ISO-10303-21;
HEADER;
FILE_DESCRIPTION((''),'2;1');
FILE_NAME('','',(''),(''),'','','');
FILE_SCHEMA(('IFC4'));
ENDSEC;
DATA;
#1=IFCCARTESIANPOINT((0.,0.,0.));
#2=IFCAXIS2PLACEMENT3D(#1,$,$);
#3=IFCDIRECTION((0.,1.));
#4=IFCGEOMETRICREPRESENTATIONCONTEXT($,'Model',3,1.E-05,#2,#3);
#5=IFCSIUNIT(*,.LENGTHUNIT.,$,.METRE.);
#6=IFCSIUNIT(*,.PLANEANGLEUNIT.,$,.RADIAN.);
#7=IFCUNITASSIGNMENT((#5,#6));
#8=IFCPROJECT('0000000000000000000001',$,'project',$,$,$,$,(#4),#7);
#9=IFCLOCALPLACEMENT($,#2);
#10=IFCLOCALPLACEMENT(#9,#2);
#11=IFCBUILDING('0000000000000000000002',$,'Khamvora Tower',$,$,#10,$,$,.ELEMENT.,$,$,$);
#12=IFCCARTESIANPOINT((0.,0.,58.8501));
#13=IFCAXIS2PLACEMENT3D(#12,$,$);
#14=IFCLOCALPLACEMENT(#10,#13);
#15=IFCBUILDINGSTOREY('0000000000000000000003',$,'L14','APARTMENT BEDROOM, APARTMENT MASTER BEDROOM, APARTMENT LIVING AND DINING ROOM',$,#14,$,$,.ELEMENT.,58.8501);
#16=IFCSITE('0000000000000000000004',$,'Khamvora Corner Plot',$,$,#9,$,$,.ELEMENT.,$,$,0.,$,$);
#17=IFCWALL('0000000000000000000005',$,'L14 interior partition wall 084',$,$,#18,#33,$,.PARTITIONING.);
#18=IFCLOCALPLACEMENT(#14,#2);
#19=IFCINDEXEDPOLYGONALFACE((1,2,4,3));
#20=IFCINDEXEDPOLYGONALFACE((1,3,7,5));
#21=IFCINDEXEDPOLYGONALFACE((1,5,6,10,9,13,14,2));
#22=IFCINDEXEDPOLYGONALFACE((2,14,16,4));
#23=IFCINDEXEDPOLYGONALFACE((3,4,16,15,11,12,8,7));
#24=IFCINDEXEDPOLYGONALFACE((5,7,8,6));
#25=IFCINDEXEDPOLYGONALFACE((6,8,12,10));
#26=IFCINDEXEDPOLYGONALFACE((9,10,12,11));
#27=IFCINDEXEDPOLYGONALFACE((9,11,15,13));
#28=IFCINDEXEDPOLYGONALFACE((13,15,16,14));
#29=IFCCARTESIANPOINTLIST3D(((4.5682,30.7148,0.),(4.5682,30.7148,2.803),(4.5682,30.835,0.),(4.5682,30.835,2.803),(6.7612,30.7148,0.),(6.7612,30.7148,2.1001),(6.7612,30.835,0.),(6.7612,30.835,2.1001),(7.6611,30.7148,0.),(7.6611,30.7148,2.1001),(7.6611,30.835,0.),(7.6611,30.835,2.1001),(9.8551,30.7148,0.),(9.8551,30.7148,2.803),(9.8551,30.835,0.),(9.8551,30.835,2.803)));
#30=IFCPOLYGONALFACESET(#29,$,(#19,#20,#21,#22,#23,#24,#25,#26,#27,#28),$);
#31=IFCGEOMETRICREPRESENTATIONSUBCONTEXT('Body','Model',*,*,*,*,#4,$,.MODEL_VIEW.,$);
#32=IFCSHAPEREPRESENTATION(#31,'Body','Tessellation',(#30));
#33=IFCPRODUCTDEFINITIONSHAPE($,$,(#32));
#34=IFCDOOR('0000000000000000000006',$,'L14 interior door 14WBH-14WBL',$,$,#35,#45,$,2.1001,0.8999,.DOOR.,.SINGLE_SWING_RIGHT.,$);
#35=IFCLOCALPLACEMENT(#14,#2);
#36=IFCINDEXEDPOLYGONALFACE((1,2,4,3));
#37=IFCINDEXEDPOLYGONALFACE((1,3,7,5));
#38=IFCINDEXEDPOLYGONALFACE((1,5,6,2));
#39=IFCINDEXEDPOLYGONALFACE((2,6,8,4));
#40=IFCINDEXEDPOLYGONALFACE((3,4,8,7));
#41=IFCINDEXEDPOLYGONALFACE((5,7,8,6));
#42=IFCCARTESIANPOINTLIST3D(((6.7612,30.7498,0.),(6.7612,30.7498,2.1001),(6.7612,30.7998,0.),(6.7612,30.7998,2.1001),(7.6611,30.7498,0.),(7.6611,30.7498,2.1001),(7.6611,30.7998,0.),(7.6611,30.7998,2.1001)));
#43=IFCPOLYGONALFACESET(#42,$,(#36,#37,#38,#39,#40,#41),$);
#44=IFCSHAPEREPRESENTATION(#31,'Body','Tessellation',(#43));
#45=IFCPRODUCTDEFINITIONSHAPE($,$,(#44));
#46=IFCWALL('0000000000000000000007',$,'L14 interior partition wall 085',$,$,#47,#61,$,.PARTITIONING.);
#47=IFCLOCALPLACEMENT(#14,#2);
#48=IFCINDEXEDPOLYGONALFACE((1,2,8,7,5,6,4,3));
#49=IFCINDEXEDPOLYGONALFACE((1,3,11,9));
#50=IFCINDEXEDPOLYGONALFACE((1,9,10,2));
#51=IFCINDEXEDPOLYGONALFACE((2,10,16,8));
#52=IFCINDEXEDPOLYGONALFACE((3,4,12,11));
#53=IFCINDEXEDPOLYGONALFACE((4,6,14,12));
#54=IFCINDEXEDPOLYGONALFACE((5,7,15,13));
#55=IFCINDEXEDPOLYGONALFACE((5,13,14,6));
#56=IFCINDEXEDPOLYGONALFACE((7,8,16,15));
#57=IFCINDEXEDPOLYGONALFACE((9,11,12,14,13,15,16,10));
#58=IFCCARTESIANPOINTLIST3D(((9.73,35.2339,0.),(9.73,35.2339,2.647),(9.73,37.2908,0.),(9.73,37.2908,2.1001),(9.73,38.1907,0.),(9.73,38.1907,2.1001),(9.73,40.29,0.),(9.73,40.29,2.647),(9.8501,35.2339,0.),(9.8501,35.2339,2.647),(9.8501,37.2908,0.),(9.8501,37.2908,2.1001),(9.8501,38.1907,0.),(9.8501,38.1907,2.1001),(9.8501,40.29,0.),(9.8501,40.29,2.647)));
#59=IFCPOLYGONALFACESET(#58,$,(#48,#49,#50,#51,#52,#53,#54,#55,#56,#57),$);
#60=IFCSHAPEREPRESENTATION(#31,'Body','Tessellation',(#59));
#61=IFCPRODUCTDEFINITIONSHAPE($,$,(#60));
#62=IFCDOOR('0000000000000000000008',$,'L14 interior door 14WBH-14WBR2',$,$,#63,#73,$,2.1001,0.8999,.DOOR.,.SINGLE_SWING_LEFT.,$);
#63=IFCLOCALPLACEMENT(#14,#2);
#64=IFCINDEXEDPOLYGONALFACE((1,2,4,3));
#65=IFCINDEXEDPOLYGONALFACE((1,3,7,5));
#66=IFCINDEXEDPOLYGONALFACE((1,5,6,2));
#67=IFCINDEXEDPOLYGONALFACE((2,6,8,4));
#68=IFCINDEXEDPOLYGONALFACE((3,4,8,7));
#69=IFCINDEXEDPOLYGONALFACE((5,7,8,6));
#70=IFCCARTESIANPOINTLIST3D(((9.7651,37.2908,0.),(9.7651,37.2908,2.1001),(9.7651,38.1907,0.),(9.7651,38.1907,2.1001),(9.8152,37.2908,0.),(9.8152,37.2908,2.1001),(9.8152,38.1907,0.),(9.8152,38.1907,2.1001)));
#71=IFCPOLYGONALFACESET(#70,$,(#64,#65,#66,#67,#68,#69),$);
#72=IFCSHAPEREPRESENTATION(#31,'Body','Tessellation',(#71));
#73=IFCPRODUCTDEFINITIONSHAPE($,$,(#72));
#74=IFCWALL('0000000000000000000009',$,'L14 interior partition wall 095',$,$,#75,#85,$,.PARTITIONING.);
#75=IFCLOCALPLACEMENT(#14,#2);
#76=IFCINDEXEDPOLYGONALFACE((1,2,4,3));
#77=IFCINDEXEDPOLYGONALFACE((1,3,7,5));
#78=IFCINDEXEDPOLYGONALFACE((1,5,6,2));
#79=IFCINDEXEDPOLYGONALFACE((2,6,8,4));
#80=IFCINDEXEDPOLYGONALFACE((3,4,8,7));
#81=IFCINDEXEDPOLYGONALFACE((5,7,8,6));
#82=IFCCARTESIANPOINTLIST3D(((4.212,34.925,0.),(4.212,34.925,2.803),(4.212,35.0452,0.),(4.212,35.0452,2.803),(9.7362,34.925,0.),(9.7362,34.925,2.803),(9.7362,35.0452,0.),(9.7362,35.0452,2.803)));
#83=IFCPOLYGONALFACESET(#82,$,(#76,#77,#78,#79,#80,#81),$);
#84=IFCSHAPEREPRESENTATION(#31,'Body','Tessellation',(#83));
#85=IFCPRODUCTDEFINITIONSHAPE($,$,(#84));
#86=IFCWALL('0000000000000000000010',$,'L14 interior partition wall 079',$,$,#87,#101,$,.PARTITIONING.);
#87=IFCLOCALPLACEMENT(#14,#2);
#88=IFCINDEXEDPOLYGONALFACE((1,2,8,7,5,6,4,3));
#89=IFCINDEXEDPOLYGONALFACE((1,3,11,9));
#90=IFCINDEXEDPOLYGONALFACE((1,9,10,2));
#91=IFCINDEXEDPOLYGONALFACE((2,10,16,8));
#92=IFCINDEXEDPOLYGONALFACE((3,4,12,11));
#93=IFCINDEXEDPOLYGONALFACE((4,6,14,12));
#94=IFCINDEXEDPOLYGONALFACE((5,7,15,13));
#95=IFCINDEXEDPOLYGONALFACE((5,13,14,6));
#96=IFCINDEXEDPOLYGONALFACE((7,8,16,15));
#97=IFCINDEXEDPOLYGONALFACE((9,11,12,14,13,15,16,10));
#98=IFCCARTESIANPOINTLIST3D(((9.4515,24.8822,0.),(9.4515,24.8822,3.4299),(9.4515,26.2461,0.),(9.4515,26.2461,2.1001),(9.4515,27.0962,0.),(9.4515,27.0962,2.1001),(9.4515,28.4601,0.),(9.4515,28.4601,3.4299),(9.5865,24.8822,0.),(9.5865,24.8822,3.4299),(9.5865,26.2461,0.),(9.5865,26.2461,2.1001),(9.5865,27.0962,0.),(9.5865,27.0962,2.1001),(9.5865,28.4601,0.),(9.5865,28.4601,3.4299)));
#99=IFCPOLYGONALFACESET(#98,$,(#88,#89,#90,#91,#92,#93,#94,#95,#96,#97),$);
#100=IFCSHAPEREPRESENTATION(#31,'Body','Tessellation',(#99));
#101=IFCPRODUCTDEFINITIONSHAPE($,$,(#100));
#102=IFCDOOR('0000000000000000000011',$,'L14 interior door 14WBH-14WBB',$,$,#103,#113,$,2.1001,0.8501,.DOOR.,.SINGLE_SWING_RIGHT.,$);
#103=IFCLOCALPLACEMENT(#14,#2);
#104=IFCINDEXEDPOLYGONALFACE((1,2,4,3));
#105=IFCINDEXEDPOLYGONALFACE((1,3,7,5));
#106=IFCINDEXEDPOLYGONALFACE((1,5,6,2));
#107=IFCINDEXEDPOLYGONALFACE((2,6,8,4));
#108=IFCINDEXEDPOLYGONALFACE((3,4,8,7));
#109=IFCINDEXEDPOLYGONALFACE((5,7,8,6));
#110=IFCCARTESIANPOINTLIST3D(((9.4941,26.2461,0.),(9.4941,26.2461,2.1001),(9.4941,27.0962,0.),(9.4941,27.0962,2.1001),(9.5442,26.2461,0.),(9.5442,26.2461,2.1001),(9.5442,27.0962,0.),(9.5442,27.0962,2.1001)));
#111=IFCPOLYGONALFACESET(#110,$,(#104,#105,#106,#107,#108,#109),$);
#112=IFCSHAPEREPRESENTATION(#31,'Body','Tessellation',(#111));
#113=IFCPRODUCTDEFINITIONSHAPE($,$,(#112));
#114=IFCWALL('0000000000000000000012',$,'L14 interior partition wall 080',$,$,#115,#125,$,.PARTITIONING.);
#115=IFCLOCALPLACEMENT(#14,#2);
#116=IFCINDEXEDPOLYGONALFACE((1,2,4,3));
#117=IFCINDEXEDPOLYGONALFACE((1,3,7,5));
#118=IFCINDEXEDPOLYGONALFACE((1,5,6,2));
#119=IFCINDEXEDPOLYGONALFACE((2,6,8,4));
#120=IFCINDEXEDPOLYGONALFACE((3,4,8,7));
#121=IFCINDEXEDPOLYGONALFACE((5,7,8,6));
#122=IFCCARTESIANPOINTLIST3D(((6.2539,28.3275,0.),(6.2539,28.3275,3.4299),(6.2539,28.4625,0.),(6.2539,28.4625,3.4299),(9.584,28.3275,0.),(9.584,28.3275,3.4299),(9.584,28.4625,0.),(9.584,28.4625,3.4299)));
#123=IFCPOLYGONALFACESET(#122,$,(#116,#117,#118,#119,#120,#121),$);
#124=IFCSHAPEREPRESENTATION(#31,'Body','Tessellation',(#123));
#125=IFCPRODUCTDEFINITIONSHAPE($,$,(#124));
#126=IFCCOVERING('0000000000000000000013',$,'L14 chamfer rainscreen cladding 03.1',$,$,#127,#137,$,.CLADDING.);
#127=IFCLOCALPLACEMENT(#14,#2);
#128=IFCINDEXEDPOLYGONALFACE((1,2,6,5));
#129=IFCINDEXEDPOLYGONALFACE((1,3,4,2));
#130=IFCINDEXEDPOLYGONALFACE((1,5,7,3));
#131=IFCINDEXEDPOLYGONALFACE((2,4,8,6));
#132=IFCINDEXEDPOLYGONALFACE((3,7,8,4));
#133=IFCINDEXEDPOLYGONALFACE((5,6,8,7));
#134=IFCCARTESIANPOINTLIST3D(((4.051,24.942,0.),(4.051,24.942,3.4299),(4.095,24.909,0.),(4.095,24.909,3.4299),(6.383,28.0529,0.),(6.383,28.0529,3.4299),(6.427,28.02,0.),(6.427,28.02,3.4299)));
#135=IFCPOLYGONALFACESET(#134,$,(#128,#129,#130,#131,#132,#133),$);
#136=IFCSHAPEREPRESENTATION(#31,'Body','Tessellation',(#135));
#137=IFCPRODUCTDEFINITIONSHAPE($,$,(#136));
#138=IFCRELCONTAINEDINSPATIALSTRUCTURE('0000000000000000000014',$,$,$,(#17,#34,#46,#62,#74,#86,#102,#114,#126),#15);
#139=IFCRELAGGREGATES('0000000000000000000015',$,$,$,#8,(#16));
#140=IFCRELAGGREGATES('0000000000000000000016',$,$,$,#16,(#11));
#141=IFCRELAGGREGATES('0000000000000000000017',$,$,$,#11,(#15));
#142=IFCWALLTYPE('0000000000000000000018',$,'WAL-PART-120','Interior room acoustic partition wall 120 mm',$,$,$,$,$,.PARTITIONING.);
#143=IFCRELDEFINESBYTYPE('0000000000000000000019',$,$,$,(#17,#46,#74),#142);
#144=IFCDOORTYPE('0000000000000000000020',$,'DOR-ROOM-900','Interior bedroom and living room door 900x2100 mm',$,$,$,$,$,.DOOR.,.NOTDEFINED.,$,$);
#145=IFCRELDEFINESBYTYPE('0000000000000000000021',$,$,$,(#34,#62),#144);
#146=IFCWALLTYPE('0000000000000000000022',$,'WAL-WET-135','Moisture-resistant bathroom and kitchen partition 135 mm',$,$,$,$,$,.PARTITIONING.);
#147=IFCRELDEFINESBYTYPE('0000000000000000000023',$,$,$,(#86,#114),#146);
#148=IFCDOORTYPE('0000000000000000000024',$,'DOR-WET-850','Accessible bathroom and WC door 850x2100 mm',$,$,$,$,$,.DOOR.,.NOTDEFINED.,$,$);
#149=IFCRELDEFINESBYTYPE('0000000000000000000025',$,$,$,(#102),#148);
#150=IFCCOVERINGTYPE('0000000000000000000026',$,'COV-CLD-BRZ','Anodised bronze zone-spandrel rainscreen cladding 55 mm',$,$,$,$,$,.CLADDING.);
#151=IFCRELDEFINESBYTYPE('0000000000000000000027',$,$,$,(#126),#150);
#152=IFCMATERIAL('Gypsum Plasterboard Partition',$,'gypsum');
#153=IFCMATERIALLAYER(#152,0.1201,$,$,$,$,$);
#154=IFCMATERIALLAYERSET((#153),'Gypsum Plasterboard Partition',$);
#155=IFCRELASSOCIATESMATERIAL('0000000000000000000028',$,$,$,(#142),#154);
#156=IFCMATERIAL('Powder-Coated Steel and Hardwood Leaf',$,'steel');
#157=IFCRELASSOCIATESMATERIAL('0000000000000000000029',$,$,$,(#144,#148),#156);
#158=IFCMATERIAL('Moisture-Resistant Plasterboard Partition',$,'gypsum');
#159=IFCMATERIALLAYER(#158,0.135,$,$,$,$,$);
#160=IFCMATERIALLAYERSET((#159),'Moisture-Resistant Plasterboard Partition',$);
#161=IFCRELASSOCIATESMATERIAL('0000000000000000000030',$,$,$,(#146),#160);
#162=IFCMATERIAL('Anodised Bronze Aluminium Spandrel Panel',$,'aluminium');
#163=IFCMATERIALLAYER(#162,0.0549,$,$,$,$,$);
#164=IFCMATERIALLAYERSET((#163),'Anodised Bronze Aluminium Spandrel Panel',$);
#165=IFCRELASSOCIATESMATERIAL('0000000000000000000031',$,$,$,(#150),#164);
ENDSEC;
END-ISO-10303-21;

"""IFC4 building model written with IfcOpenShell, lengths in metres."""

from ifc_helpers import new_model, si_unit, direction, frame, frame_2d, origin, origin_2d, place, context, subcontext, project, spatial, rectangle, extrude, material, layer, layer_set, type_object, element, fill, save


model = new_model("IFC4")

# Units and contexts
model_context = context("Model", 3, precision=1e-05, world=origin(), true_north=direction((0.0, 1.0)))
body_context = subcontext(model_context, "Body", "Model", "MODEL_VIEW")
ifc_project = project(units=[si_unit("LENGTHUNIT", "METRE"), si_unit("PLANEANGLEUNIT", "RADIAN")], contexts=[model_context])

# Site, building, storey
site_placement = place(None, origin())
site = spatial("IfcSite", under=ifc_project, at=site_placement, Name="Khamvora Corner Plot", CompositionType="ELEMENT", RefElevation=0.0)
building_placement = place(site_placement, origin())
building = spatial("IfcBuilding", under=site, at=building_placement, Name="Khamvora Tower", CompositionType="ELEMENT")
storey_placement = place(building_placement, frame((0.0, 0.0, 58.8501)))
storey = spatial("IfcBuildingStorey", under=building, at=storey_placement, Name="L14", Description="APARTMENT BEDROOM, APARTMENT MASTER BEDROOM, APARTMENT LIVING AND DINING ROOM", CompositionType="ELEMENT", Elevation=58.8501)

# Shared definitions
ifc_material_1 = material(Name="Powder-Coated Steel and Hardwood Leaf", Category="steel")

# Shared definitions
ifc_material_2 = material(Name="Gypsum Plasterboard Partition", Category="gypsum")
ifc_layer_1 = layer(ifc_material_2, 0.1201)
ifc_layer_set_1 = layer_set([ifc_layer_1], Name="Gypsum Plasterboard Partition")
wall_type_1 = type_object("IfcWallType", Name="WAL-PART-120", Description="Interior room acoustic partition wall 120 mm", PredefinedType="PARTITIONING", material=ifc_layer_set_1)

# Walls, openings, doors
wall_1_placement = place(storey_placement, frame((4.5681, 30.7749, 0.0), z_axis=(0.0, 0.0, 1.0), x_axis=(1.0, 0.0, 0.0)))
wall_1 = element("IfcWall", 1, at=wall_1_placement, inside=storey, type_object=wall_type_1, Name="L14 interior partition wall 084", PredefinedType="PARTITIONING", context=body_context, shape_type="SweptSolid", body=[
    extrude(rectangle(XDim=5.2869, YDim=0.1201, at=frame_2d((2.6436, 0.0))), origin(), (0.0, 0.0, 1.0), 2.803),
])
opening_1_placement = place(wall_1_placement, frame((2.1931, 0.0, 0.0)))
opening_1 = element("IfcOpeningElement", 2, at=opening_1_placement, cuts=wall_1, PredefinedType="OPENING", context=body_context, shape_type="SweptSolid", body=[
    extrude(rectangle(XDim=0.8999, YDim=2.1001, at=frame_2d((0.45, 1.05))), frame((0.0, 0.0701, 0.0), z_axis=(0.0, -1.0, 0.0), x_axis=(1.0, 0.0, 0.0)), (0.0, 0.0, 1.0), 0.1401),
])
door_type_1 = type_object("IfcDoorType", Name="DOR-ROOM-900", Description="Interior bedroom and living room door 900x2100 mm", OperationType="NOTDEFINED", PredefinedType="DOOR", material=ifc_material_1)
door_1_placement = place(opening_1_placement, origin())
door_1 = element("IfcDoor", 3, at=door_1_placement, inside=storey, type_object=door_type_1, Name="L14 interior door 14WBH-14WBL", OperationType="SINGLE_SWING_RIGHT", OverallHeight=2.1001, OverallWidth=0.8999, PredefinedType="DOOR", context=body_context, shape_type="SweptSolid", body=[
    extrude(rectangle(XDim=0.8999, YDim=2.1001, at=frame_2d((0.45, 1.05))), frame((0.0, 0.0249, 0.0), z_axis=(0.0, -1.0, 0.0), x_axis=(1.0, 0.0, 0.0)), (0.0, 0.0, 1.0), 0.05),
])
fill(opening_1, door_1)
wall_2_placement = place(storey_placement, frame((9.79, 35.2339, 0.0), z_axis=(0.0, 0.0, 1.0), x_axis=(0.0, 1.0, 0.0)))
wall_2 = element("IfcWall", 4, at=wall_2_placement, inside=storey, type_object=wall_type_1, Name="L14 interior partition wall 085", PredefinedType="PARTITIONING", context=body_context, shape_type="SweptSolid", body=[
    extrude(rectangle(XDim=5.0562, YDim=0.1201, at=frame_2d((2.5281, 0.0))), origin(), (0.0, 0.0, 1.0), 2.647),
])
opening_2_placement = place(wall_2_placement, frame((2.0569, 0.0, 0.0)))
opening_2 = element("IfcOpeningElement", 5, at=opening_2_placement, cuts=wall_2, PredefinedType="OPENING", context=body_context, shape_type="SweptSolid", body=[
    extrude(rectangle(XDim=0.8999, YDim=2.1001, at=frame_2d((0.45, 1.05))), frame((0.0, 0.0701, 0.0), z_axis=(0.0, -1.0, 0.0), x_axis=(1.0, 0.0, 0.0)), (0.0, 0.0, 1.0), 0.1401),
])
door_2_placement = place(opening_2_placement, origin())
door_2 = element("IfcDoor", 6, at=door_2_placement, inside=storey, type_object=door_type_1, Name="L14 interior door 14WBH-14WBR2", OperationType="SINGLE_SWING_LEFT", OverallHeight=2.1001, OverallWidth=0.8999, PredefinedType="DOOR", context=body_context, shape_type="SweptSolid", body=[
    extrude(rectangle(XDim=0.8999, YDim=2.1001, at=frame_2d((0.45, 1.05))), frame((0.0, 0.0249, 0.0), z_axis=(0.0, -1.0, 0.0), x_axis=(1.0, 0.0, 0.0)), (0.0, 0.0, 1.0), 0.05),
])
fill(opening_2, door_2)

# Wall
wall_3_placement = place(storey_placement, frame((4.2119, 34.9851, 0.0), z_axis=(0.0, 0.0, 1.0), x_axis=(1.0, 0.0, 0.0)))
element("IfcWall", 7, at=wall_3_placement, inside=storey, type_object=wall_type_1, Name="L14 interior partition wall 095", PredefinedType="PARTITIONING", context=body_context, shape_type="SweptSolid", body=[
    extrude(rectangle(XDim=5.5242, YDim=0.1201, at=frame_2d((2.7622, 0.0))), origin(), (0.0, 0.0, 1.0), 2.803),
])

# Wall, opening, door
ifc_material_3 = material(Name="Moisture-Resistant Plasterboard Partition", Category="gypsum")
ifc_layer_2 = layer(ifc_material_3, 0.135)
ifc_layer_set_2 = layer_set([ifc_layer_2], Name="Moisture-Resistant Plasterboard Partition")
wall_type_2 = type_object("IfcWallType", Name="WAL-WET-135", Description="Moisture-resistant bathroom and kitchen partition 135 mm", PredefinedType="PARTITIONING", material=ifc_layer_set_2)
wall_4_placement = place(storey_placement, frame((9.519, 24.8821, 0.0), z_axis=(0.0, 0.0, 1.0), x_axis=(0.0, 1.0, 0.0)))
wall_4 = element("IfcWall", 8, at=wall_4_placement, inside=storey, type_object=wall_type_2, Name="L14 interior partition wall 079", PredefinedType="PARTITIONING", context=body_context, shape_type="SweptSolid", body=[
    extrude(rectangle(XDim=3.5779, YDim=0.135, at=frame_2d((1.7891, 0.0))), origin(), (0.0, 0.0, 1.0), 3.4299),
])
opening_3_placement = place(wall_4_placement, frame((1.364, 0.0, 0.0)))
opening_3 = element("IfcOpeningElement", 9, at=opening_3_placement, cuts=wall_4, PredefinedType="OPENING", context=body_context, shape_type="SweptSolid", body=[
    extrude(rectangle(XDim=0.8501, YDim=2.1001, at=frame_2d((0.425, 1.05))), frame((0.0, 0.0774, 0.0), z_axis=(0.0, -1.0, 0.0), x_axis=(1.0, 0.0, 0.0)), (0.0, 0.0, 1.0), 0.155),
])
door_type_2 = type_object("IfcDoorType", Name="DOR-WET-850", Description="Accessible bathroom and WC door 850x2100 mm", OperationType="NOTDEFINED", PredefinedType="DOOR", material=ifc_material_1)
door_3_placement = place(opening_3_placement, origin())
door_3 = element("IfcDoor", 10, at=door_3_placement, inside=storey, type_object=door_type_2, Name="L14 interior door 14WBH-14WBB", OperationType="SINGLE_SWING_RIGHT", OverallHeight=2.1001, OverallWidth=0.8501, PredefinedType="DOOR", context=body_context, shape_type="SweptSolid", body=[
    extrude(rectangle(XDim=0.8501, YDim=2.1001, at=frame_2d((0.425, 1.05))), frame((0.0, 0.0249, 0.0), z_axis=(0.0, -1.0, 0.0), x_axis=(1.0, 0.0, 0.0)), (0.0, 0.0, 1.0), 0.05),
])
fill(opening_3, door_3)

# Wall
wall_5_placement = place(storey_placement, frame((9.584, 28.395, 0.0), z_axis=(0.0, 0.0, 1.0), x_axis=(-1.0, 0.0, 0.0)))
element("IfcWall", 11, at=wall_5_placement, inside=storey, type_object=wall_type_2, Name="L14 interior partition wall 080", PredefinedType="PARTITIONING", context=body_context, shape_type="SweptSolid", body=[
    extrude(rectangle(XDim=3.3301, YDim=0.135, at=frame_2d((1.665, 0.0))), origin(), (0.0, 0.0, 1.0), 3.4299),
])

# Covering
ifc_material_4 = material(Name="Anodised Bronze Aluminium Spandrel Panel", Category="aluminium")
ifc_layer_3 = layer(ifc_material_4, 0.0549)
ifc_layer_set_3 = layer_set([ifc_layer_3], Name="Anodised Bronze Aluminium Spandrel Panel")
covering_type = type_object("IfcCoveringType", Name="COV-CLD-BRZ", Description="Anodised bronze zone-spandrel rainscreen cladding 55 mm", PredefinedType="CLADDING", material=ifc_layer_set_3)
covering_placement = place(storey_placement, frame((5.239, 26.481, 0.0), z_axis=(0.0, 0.0, 1.0), x_axis=(0.599799, 0.80015, 0.0)))
element("IfcCovering", 12, at=covering_placement, inside=storey, type_object=covering_type, Name="L14 chamfer rainscreen cladding 03.1", PredefinedType="CLADDING", context=body_context, shape_type="SweptSolid", body=[
    extrude(rectangle(XDim=3.8879, YDim=0.0549, at=origin_2d()), origin(), (0.0, 0.0, 1.0), 3.4299),
])

save(model, "model.ifc")
